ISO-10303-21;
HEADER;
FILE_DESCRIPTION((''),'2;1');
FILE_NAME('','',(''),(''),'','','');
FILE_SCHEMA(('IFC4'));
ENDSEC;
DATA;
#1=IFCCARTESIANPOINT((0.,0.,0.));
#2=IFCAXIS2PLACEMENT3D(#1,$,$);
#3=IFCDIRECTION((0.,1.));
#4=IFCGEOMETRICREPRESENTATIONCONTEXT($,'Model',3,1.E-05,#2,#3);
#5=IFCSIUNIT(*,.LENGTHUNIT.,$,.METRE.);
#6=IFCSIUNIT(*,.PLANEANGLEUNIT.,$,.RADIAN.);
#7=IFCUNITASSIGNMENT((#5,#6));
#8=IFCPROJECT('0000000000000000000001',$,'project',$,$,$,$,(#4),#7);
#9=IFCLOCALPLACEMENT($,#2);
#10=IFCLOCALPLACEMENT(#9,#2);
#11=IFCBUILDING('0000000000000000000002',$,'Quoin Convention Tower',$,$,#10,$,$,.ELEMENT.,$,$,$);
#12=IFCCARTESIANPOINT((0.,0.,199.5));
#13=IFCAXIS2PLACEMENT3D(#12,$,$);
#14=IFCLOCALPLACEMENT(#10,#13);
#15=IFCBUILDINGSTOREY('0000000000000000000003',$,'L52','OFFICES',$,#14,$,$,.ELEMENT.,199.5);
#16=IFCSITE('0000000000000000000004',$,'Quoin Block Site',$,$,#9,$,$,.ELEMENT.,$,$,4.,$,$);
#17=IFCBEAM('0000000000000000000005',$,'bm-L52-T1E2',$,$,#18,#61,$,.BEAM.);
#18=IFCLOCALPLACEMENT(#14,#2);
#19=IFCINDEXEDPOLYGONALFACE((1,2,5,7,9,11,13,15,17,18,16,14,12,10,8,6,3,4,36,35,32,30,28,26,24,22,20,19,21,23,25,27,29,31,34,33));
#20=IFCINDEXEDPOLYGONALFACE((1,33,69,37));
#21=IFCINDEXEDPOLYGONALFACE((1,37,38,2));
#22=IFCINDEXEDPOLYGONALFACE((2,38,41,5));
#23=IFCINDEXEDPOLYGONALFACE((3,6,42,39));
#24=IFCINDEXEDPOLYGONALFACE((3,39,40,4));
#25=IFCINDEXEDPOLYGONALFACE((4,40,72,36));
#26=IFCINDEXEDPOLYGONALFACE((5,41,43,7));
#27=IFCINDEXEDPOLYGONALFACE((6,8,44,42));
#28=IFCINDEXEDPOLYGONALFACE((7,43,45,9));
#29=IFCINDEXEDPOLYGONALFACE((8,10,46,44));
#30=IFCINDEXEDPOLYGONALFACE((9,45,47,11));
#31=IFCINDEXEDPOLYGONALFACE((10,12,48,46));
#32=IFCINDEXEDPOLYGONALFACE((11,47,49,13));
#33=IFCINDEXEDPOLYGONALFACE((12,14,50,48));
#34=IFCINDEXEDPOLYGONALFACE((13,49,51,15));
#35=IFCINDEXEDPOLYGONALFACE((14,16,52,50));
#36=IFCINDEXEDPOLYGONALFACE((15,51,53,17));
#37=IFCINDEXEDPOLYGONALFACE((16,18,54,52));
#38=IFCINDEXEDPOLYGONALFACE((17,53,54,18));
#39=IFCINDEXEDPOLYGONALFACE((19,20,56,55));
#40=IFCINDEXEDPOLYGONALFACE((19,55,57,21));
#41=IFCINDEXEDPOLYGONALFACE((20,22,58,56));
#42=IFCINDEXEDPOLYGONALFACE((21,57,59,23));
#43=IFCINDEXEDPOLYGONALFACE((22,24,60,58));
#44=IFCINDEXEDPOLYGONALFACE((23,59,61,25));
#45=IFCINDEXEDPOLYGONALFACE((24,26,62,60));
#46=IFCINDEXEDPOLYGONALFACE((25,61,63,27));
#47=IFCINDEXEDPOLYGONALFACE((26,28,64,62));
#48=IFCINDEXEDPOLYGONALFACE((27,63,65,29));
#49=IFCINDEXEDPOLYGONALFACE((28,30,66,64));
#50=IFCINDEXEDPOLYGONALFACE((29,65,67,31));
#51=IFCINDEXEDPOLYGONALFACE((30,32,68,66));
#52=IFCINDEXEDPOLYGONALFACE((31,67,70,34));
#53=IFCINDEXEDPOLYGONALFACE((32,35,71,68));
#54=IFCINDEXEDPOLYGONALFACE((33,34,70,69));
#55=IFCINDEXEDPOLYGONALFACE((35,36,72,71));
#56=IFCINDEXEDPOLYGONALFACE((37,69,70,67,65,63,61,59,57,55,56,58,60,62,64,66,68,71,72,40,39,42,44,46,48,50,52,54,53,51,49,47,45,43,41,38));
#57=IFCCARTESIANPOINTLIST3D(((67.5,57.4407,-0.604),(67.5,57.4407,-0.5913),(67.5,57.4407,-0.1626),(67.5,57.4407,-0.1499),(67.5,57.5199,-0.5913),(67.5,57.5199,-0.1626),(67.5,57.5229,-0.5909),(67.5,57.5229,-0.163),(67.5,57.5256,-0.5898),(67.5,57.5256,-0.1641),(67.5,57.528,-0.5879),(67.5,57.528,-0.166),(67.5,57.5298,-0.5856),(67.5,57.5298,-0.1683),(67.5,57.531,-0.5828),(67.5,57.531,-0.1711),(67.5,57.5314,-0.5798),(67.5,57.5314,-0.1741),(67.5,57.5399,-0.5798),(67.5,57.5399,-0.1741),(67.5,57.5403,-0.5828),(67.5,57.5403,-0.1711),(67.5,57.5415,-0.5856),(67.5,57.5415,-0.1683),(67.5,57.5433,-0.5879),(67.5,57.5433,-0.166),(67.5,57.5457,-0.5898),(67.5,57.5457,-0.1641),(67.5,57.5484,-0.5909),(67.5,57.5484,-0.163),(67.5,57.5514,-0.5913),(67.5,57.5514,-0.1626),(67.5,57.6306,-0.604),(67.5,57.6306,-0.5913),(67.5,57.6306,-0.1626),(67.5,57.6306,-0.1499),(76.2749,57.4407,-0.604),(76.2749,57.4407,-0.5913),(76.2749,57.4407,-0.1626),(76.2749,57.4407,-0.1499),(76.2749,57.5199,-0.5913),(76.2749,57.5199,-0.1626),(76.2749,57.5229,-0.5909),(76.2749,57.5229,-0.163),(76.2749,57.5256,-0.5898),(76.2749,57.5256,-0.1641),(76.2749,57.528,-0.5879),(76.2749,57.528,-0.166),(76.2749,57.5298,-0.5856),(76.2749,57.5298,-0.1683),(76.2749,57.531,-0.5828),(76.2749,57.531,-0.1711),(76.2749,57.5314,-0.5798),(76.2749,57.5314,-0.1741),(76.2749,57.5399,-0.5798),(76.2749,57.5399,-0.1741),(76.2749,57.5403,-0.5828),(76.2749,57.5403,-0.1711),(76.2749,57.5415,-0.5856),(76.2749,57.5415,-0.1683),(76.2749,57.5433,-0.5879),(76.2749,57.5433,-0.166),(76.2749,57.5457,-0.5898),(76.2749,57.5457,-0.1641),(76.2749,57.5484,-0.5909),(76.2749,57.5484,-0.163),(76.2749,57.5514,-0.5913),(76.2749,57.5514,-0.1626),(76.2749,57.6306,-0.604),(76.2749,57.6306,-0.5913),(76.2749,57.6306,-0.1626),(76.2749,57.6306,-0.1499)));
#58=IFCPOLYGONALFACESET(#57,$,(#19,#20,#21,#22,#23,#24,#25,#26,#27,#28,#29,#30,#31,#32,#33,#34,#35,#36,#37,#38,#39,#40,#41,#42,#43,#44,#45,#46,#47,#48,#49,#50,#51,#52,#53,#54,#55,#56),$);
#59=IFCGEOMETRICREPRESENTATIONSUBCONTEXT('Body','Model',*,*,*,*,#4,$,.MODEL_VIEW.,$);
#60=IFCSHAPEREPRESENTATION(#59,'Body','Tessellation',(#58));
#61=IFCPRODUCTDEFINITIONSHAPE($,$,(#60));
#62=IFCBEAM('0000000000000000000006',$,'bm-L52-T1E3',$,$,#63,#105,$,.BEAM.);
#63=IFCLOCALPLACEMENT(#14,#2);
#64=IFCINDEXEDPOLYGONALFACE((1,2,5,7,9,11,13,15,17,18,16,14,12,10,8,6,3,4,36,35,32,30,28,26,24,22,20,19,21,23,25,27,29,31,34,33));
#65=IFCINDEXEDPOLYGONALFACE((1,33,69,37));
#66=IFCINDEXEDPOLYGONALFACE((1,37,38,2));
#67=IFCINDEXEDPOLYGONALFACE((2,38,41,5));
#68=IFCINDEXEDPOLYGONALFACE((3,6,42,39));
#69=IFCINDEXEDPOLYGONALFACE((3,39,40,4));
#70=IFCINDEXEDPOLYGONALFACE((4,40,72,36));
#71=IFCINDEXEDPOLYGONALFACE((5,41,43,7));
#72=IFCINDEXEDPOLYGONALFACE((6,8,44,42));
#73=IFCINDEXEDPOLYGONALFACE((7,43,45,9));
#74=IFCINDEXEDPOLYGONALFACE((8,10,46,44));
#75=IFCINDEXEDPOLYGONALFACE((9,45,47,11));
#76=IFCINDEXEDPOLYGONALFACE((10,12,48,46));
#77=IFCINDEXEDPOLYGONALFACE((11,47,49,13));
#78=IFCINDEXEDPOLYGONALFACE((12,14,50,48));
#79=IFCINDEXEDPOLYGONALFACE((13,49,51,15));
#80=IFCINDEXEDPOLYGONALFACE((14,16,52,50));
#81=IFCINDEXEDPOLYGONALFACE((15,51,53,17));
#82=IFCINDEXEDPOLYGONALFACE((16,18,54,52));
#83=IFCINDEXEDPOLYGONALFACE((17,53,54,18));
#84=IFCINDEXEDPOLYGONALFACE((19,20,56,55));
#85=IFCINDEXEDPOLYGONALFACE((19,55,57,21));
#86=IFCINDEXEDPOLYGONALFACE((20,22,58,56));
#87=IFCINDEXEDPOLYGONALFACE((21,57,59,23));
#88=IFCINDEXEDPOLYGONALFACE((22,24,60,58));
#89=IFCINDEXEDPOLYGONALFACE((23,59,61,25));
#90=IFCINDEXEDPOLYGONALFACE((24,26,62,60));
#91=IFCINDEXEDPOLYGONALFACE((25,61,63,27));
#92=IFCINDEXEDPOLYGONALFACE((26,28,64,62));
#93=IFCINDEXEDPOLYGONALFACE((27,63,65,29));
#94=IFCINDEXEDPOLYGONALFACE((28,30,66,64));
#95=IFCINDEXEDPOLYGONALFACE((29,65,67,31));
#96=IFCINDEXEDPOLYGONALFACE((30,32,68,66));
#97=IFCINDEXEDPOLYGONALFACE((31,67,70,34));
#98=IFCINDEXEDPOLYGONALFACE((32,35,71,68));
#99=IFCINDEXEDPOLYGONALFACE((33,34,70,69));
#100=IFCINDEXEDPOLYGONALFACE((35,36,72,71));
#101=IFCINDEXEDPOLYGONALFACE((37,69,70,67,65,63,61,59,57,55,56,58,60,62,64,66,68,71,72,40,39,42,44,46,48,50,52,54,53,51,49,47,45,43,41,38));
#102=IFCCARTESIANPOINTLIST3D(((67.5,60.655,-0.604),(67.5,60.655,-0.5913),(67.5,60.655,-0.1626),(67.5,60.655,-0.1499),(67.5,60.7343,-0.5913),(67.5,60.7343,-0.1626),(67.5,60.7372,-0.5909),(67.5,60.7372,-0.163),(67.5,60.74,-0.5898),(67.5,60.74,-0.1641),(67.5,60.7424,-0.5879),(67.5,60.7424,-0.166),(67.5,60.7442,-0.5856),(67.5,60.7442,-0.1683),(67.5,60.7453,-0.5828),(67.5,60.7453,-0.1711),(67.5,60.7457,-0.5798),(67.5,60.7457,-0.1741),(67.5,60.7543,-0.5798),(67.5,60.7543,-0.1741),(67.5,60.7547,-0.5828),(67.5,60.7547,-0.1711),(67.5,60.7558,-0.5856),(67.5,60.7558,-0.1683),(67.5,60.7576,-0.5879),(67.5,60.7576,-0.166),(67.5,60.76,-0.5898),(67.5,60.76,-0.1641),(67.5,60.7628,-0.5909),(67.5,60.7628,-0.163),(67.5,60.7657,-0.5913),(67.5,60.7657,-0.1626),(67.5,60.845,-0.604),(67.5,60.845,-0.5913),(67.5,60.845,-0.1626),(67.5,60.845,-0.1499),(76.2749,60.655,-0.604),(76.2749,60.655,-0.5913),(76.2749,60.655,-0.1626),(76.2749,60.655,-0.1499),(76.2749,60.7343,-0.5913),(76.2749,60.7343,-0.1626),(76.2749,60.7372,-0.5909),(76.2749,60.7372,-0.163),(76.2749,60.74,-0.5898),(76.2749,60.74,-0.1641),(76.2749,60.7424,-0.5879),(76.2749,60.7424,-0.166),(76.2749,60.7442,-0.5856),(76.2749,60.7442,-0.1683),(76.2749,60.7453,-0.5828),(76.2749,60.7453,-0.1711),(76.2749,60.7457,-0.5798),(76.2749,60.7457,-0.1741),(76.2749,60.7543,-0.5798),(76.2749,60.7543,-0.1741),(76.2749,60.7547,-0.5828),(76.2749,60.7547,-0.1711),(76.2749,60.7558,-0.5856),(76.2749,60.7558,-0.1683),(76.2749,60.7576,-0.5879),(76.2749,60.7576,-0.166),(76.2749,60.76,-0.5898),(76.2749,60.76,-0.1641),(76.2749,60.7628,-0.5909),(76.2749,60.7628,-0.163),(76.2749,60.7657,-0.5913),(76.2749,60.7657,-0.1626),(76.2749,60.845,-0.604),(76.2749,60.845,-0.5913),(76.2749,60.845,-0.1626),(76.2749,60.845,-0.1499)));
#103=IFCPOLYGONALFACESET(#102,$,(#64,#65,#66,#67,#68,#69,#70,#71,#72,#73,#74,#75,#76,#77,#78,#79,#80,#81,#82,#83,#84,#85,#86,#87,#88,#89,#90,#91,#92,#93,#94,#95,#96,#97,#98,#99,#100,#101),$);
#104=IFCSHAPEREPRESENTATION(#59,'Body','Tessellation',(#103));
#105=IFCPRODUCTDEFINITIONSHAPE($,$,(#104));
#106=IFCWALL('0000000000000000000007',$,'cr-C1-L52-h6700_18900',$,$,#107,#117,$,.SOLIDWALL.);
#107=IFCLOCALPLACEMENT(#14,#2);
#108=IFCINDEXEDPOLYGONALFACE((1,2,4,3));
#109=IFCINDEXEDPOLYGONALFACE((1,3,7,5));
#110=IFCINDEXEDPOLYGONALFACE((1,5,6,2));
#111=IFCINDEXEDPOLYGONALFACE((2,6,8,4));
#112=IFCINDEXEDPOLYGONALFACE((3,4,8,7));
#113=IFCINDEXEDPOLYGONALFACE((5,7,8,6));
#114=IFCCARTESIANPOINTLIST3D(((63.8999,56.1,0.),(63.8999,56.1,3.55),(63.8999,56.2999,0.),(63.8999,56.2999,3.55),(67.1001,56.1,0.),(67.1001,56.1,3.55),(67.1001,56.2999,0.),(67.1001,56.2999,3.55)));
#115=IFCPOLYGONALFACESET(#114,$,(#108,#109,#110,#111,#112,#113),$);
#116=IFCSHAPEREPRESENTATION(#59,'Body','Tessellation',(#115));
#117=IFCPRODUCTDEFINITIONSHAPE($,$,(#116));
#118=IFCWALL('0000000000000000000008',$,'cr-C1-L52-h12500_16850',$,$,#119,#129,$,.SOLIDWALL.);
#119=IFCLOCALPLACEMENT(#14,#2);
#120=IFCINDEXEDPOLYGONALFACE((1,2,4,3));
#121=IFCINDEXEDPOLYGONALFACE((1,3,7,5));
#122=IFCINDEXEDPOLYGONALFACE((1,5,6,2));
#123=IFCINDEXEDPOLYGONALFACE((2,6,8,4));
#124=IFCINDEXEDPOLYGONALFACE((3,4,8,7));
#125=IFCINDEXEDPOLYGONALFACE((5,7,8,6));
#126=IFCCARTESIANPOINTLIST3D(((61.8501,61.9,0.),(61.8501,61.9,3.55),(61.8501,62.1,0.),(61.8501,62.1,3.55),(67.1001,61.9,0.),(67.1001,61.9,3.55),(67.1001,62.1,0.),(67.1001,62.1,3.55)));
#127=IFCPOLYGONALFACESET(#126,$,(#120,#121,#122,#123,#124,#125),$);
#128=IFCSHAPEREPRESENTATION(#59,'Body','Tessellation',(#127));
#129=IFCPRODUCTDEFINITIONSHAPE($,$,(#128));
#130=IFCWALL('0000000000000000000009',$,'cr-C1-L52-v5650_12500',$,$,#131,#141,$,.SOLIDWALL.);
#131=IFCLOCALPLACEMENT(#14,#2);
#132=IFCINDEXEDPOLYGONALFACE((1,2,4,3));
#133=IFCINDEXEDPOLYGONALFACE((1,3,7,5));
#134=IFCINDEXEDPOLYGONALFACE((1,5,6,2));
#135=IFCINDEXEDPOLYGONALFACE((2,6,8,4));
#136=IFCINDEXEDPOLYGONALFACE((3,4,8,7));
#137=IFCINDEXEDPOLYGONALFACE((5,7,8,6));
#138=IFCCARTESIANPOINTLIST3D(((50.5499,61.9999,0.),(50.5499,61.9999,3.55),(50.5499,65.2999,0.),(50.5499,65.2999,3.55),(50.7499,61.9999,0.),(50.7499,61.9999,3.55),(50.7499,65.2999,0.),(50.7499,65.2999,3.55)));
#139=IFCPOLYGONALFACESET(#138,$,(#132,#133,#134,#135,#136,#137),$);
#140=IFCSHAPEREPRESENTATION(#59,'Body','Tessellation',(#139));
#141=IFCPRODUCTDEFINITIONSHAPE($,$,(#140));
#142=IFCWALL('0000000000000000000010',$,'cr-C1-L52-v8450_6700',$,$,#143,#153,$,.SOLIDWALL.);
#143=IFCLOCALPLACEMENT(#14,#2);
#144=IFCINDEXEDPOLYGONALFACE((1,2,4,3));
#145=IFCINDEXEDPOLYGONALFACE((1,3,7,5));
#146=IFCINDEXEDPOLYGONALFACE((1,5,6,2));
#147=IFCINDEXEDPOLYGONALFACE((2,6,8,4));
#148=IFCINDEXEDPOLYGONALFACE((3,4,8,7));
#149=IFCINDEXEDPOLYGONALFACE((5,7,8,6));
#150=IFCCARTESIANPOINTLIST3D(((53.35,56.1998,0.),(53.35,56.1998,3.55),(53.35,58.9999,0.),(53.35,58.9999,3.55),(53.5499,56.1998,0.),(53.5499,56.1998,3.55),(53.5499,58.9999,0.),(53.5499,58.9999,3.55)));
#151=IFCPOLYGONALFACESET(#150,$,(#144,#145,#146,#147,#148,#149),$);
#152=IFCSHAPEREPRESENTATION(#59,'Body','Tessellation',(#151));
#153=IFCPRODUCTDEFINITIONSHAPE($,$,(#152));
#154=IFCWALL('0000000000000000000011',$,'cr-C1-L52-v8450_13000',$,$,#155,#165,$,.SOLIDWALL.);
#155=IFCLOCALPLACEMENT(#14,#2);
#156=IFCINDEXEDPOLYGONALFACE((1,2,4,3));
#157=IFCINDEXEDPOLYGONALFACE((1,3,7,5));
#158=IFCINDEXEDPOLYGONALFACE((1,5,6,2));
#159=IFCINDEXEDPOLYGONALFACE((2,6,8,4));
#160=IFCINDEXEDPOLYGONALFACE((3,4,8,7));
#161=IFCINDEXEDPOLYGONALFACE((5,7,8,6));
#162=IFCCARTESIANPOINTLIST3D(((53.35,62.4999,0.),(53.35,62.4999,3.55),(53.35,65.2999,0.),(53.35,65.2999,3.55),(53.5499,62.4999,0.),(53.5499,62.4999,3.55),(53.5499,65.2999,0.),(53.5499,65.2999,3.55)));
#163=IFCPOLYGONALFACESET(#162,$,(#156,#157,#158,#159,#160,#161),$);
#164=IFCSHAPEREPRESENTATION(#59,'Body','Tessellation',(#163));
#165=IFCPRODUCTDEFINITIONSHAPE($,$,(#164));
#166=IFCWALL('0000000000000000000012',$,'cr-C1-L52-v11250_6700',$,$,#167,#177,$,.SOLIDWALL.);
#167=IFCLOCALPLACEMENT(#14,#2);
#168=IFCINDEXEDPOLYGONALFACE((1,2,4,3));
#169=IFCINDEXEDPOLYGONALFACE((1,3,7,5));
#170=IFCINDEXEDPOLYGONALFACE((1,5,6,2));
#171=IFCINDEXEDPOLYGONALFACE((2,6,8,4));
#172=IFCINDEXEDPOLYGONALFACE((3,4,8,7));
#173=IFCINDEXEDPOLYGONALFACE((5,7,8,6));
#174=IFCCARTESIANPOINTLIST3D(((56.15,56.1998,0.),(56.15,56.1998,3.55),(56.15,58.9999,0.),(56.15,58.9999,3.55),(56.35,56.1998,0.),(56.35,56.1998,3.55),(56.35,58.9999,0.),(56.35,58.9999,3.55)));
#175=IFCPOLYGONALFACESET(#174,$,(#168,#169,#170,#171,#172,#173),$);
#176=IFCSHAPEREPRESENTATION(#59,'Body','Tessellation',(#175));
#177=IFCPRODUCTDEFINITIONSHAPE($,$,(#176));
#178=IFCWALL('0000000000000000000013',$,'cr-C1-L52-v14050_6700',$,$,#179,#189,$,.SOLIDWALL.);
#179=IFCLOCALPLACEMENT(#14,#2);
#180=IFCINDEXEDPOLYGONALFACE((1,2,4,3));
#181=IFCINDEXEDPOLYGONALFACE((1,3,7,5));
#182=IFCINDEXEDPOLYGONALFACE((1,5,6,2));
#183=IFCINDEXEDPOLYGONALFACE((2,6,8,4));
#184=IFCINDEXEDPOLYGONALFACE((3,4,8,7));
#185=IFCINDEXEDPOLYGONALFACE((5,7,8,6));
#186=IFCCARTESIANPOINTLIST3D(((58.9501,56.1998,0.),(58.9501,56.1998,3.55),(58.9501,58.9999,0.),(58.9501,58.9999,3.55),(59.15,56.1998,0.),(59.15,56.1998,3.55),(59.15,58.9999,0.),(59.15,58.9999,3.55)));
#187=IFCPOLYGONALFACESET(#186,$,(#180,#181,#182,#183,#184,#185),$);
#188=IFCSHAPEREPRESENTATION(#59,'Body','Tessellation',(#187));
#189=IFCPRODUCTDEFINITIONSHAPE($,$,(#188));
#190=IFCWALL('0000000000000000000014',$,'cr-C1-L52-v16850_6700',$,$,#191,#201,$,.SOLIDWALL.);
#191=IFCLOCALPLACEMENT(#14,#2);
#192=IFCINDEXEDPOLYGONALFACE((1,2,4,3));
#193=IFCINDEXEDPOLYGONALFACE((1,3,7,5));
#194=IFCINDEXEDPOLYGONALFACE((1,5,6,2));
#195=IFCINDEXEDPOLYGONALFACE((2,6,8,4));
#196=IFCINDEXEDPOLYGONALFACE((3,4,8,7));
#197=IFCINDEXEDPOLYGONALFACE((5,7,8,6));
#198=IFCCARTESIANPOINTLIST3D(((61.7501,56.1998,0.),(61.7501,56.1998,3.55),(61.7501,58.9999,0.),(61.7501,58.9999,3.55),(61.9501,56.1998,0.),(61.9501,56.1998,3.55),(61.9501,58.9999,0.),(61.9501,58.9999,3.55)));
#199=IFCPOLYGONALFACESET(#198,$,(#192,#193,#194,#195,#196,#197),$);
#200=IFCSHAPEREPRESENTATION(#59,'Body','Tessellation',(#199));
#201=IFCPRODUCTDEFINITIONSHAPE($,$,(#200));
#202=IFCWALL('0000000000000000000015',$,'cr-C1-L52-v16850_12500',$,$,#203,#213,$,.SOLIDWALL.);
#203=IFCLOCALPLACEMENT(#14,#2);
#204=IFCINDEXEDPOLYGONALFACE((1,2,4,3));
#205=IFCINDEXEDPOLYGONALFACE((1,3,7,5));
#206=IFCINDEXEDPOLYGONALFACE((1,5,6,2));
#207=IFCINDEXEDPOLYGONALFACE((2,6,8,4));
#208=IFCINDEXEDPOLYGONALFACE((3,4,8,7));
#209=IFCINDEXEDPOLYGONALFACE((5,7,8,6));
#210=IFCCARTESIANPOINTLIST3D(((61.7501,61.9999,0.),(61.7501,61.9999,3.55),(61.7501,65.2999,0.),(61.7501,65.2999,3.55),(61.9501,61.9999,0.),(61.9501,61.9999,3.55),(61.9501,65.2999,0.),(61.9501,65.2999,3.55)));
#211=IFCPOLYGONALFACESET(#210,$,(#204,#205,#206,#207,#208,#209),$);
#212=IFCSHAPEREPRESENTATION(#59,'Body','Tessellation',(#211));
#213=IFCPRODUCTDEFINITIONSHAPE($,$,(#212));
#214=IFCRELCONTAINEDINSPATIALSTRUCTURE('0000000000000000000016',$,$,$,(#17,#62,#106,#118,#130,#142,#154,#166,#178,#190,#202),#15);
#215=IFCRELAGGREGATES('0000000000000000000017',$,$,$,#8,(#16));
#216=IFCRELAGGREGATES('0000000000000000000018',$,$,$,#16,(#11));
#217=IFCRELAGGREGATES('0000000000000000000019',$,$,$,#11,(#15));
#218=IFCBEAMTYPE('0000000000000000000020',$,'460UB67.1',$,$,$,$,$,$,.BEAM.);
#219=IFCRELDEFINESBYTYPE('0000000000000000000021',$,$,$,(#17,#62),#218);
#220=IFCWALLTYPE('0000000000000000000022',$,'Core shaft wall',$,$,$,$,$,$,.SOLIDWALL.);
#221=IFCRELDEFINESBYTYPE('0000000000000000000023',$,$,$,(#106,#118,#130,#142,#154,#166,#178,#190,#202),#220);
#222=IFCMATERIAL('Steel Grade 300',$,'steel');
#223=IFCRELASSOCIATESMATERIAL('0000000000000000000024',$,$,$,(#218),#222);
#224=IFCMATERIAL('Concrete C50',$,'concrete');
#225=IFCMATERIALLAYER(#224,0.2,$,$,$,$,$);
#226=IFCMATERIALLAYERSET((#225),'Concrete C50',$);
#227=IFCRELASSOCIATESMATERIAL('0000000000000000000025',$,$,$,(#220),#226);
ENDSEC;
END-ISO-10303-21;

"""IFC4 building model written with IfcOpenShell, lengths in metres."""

from ifc_helpers import new_model, si_unit, direction, frame, frame_2d, origin, origin_2d, place, context, subcontext, project, spatial, rectangle, i_section, extrude, material, layer, layer_set, material_profile, profile_set, type_object, element, save


model = new_model("IFC4")

# Units and contexts
model_context = context("Model", 3, precision=1e-05, world=origin(), true_north=direction((0.0, 1.0)))
body_context = subcontext(model_context, "Body", "Model", "MODEL_VIEW")
ifc_project = project(units=[si_unit("LENGTHUNIT", "METRE"), si_unit("PLANEANGLEUNIT", "RADIAN")], contexts=[model_context])

# Site, building, storey
site_placement = place(None, origin())
site = spatial("IfcSite", under=ifc_project, at=site_placement, Name="Quoin Block Site", CompositionType="ELEMENT", RefElevation=4.0)
building_placement = place(site_placement, origin())
building = spatial("IfcBuilding", under=site, at=building_placement, Name="Quoin Convention Tower", CompositionType="ELEMENT")
storey_placement = place(building_placement, frame((0.0, 0.0, 199.5)))
storey = spatial("IfcBuildingStorey", under=building, at=storey_placement, Name="L52", Description="OFFICES", CompositionType="ELEMENT", Elevation=199.5)

# Beams
ifc_material_1 = material(Name="Steel Grade 300", Category="steel")
ifc_material_profile = material_profile(ifc_material_1, i_section(OverallWidth=0.1899, OverallDepth=0.4541, WebThickness=0.0085, FlangeThickness=0.0127, FilletRadius=0.0115, at=origin_2d()), Name="460UB67.1")
ifc_profile_set = profile_set([ifc_material_profile], Name="Steel Grade 300")
beam_type = type_object("IfcBeamType", Name="460UB67.1", PredefinedType="BEAM", material=ifc_profile_set)
for number, where, z_axis, x_axis, name in (
    (1, (67.5, 57.5356, -0.377), (1.0, 0.0, 0.0), (0.0, 1.0, 0.0), "bm-L52-T1E2"),
    (2, (67.5, 60.75, -0.377), (1.0, 0.0, 0.0), (0.0, 1.0, 0.0), "bm-L52-T1E3"),
):
    element("IfcBeam", number, at=place(storey_placement, frame(where, z_axis=z_axis, x_axis=x_axis)), inside=storey, type_object=beam_type, Name=name, PredefinedType="BEAM", context=body_context, shape_type="SweptSolid", body=[
        extrude(i_section(OverallWidth=0.1899, OverallDepth=0.4541, WebThickness=0.0085, FlangeThickness=0.0127, FilletRadius=0.0115, at=origin_2d()), origin(), (0.0, 0.0, 1.0), 8.7749),
    ])

# Walls
ifc_material_2 = material(Name="Concrete C50", Category="concrete")
ifc_layer_1 = layer(ifc_material_2, 0.2)
ifc_layer_set_1 = layer_set([ifc_layer_1], Name="Concrete C50")
wall_type_1 = type_object("IfcWallType", Name="Core shaft wall", PredefinedType="SOLIDWALL", material=ifc_layer_set_1)
wall_1_placement = place(storey_placement, frame((63.8999, 56.2, 0.0), z_axis=(0.0, 0.0, 1.0), x_axis=(1.0, 0.0, 0.0)))
element("IfcWall", 3, at=wall_1_placement, inside=storey, type_object=wall_type_1, Name="cr-C1-L52-h6700_18900", PredefinedType="SOLIDWALL", context=body_context, shape_type="SweptSolid", body=[
    extrude(rectangle(XDim=3.2002, YDim=0.2, at=frame_2d((1.6001, 0.0))), origin(), (0.0, 0.0, 1.0), 3.55),
])
wall_2_placement = place(storey_placement, frame((61.8501, 62.0, 0.0), z_axis=(0.0, 0.0, 1.0), x_axis=(1.0, 0.0, 0.0)))
element("IfcWall", 4, at=wall_2_placement, inside=storey, type_object=wall_type_1, Name="cr-C1-L52-h12500_16850", PredefinedType="SOLIDWALL", context=body_context, shape_type="SweptSolid", body=[
    extrude(rectangle(XDim=5.25, YDim=0.2, at=frame_2d((2.625, 0.0))), origin(), (0.0, 0.0, 1.0), 3.55),
])
wall_3_placement = place(storey_placement, frame((50.6499, 62.0, 0.0), z_axis=(0.0, 0.0, 1.0), x_axis=(0.0, 1.0, 0.0)))
element("IfcWall", 5, at=wall_3_placement, inside=storey, type_object=wall_type_1, Name="cr-C1-L52-v5650_12500", PredefinedType="SOLIDWALL", context=body_context, shape_type="SweptSolid", body=[
    extrude(rectangle(XDim=3.3, YDim=0.2, at=frame_2d((1.6499, 0.0))), origin(), (0.0, 0.0, 1.0), 3.55),
])
for number, where, z_axis, x_axis, name in (
    (6, (53.45, 56.2, 0.0), (0.0, 0.0, 1.0), (0.0, 1.0, 0.0), "cr-C1-L52-v8450_6700"),
    (7, (53.45, 62.5, 0.0), (0.0, 0.0, 1.0), (0.0, 1.0, 0.0), "cr-C1-L52-v8450_13000"),
    (8, (56.25, 56.2, 0.0), (0.0, 0.0, 1.0), (0.0, 1.0, 0.0), "cr-C1-L52-v11250_6700"),
    (9, (59.05, 56.2, 0.0), (0.0, 0.0, 1.0), (0.0, 1.0, 0.0), "cr-C1-L52-v14050_6700"),
    (10, (61.8501, 56.2, 0.0), (0.0, 0.0, 1.0), (0.0, 1.0, 0.0), "cr-C1-L52-v16850_6700"),
):
    element("IfcWall", number, at=place(storey_placement, frame(where, z_axis=z_axis, x_axis=x_axis)), inside=storey, type_object=wall_type_1, Name=name, PredefinedType="SOLIDWALL", context=body_context, shape_type="SweptSolid", body=[
        extrude(rectangle(XDim=2.8, YDim=0.2, at=frame_2d((1.3999, 0.0))), origin(), (0.0, 0.0, 1.0), 3.55),
    ])
wall_4_placement = place(storey_placement, frame((61.8501, 62.0, 0.0), z_axis=(0.0, 0.0, 1.0), x_axis=(0.0, 1.0, 0.0)))
element("IfcWall", 11, at=wall_4_placement, inside=storey, type_object=wall_type_1, Name="cr-C1-L52-v16850_12500", PredefinedType="SOLIDWALL", context=body_context, shape_type="SweptSolid", body=[
    extrude(rectangle(XDim=3.3, YDim=0.2, at=frame_2d((1.6499, 0.0))), origin(), (0.0, 0.0, 1.0), 3.55),
])

save(model, "model.ifc")
